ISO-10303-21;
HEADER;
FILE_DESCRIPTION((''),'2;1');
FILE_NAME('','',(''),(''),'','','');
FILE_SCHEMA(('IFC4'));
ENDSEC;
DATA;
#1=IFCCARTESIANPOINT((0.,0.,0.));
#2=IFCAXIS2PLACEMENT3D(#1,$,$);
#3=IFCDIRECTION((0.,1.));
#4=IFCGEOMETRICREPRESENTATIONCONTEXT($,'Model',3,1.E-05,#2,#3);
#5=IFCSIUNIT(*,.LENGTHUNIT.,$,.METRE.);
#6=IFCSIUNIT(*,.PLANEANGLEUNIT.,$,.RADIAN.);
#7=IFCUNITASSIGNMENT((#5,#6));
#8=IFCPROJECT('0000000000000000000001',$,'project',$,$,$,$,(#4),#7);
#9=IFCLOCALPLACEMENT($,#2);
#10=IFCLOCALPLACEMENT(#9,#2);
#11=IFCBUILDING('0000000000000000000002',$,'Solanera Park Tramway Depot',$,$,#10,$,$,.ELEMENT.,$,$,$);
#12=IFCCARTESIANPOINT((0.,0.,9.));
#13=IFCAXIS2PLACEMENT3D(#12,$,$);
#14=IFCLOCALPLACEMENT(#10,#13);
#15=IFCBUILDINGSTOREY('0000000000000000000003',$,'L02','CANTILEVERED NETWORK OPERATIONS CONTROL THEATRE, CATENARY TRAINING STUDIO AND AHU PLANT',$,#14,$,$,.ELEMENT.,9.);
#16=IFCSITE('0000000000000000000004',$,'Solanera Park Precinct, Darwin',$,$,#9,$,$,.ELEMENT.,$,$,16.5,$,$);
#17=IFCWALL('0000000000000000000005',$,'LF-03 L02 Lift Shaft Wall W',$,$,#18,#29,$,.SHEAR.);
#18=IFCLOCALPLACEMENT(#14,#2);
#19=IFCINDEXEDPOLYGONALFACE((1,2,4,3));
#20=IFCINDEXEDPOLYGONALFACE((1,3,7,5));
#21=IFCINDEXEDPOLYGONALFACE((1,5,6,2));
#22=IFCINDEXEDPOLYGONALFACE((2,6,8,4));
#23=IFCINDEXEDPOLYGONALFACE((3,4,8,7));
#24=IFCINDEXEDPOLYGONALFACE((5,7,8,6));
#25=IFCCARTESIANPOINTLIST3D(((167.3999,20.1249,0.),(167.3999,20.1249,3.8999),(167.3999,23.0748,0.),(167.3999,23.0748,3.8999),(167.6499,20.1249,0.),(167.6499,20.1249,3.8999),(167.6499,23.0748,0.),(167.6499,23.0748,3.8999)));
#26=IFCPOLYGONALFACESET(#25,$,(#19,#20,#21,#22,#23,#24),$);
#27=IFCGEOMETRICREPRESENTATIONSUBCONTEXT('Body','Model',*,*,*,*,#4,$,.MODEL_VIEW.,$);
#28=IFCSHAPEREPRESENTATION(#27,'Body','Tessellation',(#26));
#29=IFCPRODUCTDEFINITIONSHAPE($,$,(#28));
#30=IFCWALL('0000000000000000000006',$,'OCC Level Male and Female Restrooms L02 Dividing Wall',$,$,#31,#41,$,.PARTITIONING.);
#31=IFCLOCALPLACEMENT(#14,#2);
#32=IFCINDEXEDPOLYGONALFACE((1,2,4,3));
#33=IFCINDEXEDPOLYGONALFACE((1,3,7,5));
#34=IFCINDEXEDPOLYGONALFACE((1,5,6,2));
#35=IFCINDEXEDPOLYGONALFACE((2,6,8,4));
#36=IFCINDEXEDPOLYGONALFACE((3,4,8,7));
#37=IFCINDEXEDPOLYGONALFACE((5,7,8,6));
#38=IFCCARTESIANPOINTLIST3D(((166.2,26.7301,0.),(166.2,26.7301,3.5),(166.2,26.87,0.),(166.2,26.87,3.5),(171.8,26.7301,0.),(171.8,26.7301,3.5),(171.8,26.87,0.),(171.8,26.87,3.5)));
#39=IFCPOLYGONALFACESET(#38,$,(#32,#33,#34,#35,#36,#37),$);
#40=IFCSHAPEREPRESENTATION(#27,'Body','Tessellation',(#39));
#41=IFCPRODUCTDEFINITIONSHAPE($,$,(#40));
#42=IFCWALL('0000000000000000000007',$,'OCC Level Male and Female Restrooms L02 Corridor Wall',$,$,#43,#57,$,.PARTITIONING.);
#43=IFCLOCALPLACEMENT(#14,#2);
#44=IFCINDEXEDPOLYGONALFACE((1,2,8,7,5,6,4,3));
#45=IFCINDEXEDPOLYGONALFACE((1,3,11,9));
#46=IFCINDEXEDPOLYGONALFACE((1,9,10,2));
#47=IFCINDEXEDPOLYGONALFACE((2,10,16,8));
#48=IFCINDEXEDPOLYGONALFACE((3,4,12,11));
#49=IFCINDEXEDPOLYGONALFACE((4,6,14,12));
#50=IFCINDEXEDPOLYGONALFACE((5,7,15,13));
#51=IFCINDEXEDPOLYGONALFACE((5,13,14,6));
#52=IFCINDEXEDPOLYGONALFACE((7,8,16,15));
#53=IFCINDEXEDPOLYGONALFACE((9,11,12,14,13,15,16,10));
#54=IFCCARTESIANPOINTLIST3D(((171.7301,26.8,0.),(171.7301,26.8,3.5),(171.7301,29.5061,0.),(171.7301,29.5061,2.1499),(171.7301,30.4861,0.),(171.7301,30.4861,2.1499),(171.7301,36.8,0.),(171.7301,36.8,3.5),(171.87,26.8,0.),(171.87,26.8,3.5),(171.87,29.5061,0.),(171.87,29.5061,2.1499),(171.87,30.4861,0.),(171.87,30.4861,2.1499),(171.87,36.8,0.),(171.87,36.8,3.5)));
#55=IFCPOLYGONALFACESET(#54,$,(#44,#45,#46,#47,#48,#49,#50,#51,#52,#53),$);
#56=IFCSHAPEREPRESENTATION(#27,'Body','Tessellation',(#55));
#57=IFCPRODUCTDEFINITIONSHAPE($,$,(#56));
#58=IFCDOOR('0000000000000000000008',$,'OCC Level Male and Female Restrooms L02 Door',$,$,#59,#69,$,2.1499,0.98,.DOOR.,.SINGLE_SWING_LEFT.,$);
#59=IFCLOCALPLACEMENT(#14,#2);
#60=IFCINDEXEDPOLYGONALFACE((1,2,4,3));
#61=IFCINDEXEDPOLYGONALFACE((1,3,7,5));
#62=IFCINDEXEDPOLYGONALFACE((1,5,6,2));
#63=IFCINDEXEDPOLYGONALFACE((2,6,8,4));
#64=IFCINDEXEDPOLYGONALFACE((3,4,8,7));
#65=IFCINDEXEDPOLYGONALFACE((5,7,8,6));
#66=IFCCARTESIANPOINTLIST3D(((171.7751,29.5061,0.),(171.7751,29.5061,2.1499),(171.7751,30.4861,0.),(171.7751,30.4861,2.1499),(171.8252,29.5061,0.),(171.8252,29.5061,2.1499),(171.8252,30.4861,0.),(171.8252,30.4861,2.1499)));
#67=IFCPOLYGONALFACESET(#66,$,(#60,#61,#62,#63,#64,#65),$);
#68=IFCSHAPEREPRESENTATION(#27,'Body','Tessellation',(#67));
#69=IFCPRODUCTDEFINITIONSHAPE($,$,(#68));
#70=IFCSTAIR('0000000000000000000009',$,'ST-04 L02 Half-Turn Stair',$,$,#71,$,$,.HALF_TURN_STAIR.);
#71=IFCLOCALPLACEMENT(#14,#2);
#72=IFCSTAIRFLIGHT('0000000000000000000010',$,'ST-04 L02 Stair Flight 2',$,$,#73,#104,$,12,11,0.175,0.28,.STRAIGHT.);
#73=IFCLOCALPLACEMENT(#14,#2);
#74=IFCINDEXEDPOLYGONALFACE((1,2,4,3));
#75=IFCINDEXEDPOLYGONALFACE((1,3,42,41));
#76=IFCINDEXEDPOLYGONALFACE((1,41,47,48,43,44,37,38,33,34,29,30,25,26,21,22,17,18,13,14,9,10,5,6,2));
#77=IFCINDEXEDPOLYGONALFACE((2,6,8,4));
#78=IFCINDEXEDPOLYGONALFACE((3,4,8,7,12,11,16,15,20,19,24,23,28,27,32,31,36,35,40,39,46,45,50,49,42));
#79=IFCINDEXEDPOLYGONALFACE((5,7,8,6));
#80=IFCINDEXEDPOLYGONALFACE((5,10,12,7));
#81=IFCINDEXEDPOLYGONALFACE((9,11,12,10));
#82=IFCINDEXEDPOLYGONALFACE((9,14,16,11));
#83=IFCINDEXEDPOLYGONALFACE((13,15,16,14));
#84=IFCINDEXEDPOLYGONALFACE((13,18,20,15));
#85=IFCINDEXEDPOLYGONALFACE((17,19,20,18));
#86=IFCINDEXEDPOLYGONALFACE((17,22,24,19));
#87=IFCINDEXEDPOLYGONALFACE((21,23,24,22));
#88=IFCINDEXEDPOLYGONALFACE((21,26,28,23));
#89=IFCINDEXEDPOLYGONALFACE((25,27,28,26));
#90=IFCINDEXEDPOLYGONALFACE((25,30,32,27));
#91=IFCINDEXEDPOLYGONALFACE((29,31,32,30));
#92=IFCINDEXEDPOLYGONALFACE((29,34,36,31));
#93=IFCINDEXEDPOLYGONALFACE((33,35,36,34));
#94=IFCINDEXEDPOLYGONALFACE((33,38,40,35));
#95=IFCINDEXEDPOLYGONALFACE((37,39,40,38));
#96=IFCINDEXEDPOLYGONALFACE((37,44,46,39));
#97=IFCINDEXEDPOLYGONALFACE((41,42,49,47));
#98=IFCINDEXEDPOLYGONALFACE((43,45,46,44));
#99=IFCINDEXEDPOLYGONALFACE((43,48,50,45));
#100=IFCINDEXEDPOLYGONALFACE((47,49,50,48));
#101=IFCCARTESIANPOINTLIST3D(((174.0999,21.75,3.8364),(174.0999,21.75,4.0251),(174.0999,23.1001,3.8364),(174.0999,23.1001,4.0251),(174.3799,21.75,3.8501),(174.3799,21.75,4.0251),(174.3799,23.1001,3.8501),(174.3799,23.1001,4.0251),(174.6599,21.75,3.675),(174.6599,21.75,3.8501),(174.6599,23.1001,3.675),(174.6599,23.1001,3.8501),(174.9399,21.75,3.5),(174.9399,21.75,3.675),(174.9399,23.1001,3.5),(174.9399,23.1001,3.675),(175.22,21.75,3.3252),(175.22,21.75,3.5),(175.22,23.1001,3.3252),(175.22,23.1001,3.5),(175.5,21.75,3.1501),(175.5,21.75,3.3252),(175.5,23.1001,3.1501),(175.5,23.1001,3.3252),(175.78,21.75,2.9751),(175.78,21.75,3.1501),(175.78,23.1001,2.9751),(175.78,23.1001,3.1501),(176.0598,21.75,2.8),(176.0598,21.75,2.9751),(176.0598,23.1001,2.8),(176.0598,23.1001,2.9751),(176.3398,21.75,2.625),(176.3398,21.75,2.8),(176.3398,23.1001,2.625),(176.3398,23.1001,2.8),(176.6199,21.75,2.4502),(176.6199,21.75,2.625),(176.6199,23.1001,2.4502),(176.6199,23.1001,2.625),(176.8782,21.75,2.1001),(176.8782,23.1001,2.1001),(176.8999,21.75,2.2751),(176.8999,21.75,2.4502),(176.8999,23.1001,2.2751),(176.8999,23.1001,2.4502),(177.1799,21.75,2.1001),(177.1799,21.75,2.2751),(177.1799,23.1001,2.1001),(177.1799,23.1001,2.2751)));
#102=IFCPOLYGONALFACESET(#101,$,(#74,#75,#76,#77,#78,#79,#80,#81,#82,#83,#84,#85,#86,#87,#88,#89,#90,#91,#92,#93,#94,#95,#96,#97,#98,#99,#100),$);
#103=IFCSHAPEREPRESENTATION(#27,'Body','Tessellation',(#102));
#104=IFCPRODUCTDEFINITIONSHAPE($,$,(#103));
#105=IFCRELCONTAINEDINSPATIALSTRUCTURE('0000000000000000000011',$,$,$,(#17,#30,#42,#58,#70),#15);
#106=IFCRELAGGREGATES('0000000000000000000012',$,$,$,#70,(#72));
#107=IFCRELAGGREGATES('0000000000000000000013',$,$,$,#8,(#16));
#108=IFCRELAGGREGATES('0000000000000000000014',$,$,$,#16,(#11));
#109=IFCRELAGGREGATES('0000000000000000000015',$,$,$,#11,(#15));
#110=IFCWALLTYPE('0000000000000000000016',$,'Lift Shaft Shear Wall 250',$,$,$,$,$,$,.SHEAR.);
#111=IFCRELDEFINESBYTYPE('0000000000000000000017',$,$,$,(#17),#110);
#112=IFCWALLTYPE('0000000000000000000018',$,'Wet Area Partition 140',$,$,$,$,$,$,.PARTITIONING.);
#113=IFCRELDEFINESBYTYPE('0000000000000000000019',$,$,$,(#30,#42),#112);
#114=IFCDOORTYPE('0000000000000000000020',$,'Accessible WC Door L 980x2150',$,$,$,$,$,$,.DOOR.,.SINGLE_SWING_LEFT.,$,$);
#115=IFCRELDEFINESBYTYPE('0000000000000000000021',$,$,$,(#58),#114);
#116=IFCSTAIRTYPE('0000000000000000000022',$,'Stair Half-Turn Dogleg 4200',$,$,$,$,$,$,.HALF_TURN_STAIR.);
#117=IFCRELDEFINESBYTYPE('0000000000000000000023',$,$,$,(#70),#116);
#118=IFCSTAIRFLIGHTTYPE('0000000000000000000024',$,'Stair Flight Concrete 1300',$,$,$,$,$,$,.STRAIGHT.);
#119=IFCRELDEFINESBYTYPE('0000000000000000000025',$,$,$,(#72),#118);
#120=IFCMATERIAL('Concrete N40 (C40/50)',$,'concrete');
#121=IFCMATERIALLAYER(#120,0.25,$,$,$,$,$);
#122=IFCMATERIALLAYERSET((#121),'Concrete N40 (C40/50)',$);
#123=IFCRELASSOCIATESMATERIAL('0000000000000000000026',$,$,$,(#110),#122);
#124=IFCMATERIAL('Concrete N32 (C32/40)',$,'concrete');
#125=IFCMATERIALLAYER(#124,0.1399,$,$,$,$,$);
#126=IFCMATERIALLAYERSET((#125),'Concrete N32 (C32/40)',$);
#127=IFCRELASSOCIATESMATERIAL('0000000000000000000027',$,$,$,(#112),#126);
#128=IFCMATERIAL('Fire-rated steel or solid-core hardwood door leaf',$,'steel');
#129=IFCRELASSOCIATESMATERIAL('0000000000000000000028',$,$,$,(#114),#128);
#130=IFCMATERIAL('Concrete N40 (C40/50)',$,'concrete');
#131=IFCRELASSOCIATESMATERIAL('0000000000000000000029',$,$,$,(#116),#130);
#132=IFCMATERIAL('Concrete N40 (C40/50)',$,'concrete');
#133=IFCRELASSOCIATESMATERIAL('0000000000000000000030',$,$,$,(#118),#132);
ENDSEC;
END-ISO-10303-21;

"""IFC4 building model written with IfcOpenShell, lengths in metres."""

from ifc_helpers import new_model, si_unit, direction, frame, frame_2d, origin, place, context, subcontext, project, spatial, polyline, rectangle, outline, extrude, material, layer, layer_set, type_object, element, fill, aggregate, save


model = new_model("IFC4")

# Units and contexts
model_context = context("Model", 3, precision=1e-05, world=origin(), true_north=direction((0.0, 1.0)))
body_context = subcontext(model_context, "Body", "Model", "MODEL_VIEW")
ifc_project = project(units=[si_unit("LENGTHUNIT", "METRE"), si_unit("PLANEANGLEUNIT", "RADIAN")], contexts=[model_context])

# Site, building, storey
site_placement = place(None, origin())
site = spatial("IfcSite", under=ifc_project, at=site_placement, Name="Solanera Park Precinct, Darwin", CompositionType="ELEMENT", RefElevation=16.5)
building_placement = place(site_placement, origin())
building = spatial("IfcBuilding", under=site, at=building_placement, Name="Solanera Park Tramway Depot", CompositionType="ELEMENT")
storey_placement = place(building_placement, frame((0.0, 0.0, 9.0)))
storey = spatial("IfcBuildingStorey", under=building, at=storey_placement, Name="L02", Description="CANTILEVERED NETWORK OPERATIONS CONTROL THEATRE, CATENARY TRAINING STUDIO AND AHU PLANT", CompositionType="ELEMENT", Elevation=9.0)

# Shared definitions
ifc_material_1 = material(Name="Concrete N40 (C40/50)", Category="concrete")
ifc_layer_1 = layer(ifc_material_1, 0.25)
ifc_layer_set_1 = layer_set([ifc_layer_1], Name="Concrete N40 (C40/50)")
wall_type_1 = type_object("IfcWallType", Name="Lift Shaft Shear Wall 250", PredefinedType="SHEAR", material=ifc_layer_set_1)

# Walls
wall_1_placement = place(storey_placement, frame((167.5249, 23.075, 0.0), z_axis=(0.0, 0.0, 1.0), x_axis=(0.0, -1.0, 0.0)))
element("IfcWall", 1, at=wall_1_placement, inside=storey, type_object=wall_type_1, Name="LF-03 L02 Lift Shaft Wall W", PredefinedType="SHEAR", context=body_context, shape_type="SweptSolid", body=[
    extrude(rectangle(XDim=2.95, YDim=0.25, at=frame_2d((1.4751, 0.0))), origin(), (0.0, 0.0, 1.0), 3.8999),
])
ifc_material_2 = material(Name="Concrete N32 (C32/40)", Category="concrete")
ifc_layer_2 = layer(ifc_material_2, 0.1399)
ifc_layer_set_2 = layer_set([ifc_layer_2], Name="Concrete N32 (C32/40)")
wall_type_2 = type_object("IfcWallType", Name="Wet Area Partition 140", PredefinedType="PARTITIONING", material=ifc_layer_set_2)
wall_2_placement = place(storey_placement, frame((171.8, 26.8, 0.0), z_axis=(0.0, 0.0, 1.0), x_axis=(-1.0, 0.0, 0.0)))
element("IfcWall", 2, at=wall_2_placement, inside=storey, type_object=wall_type_2, Name="OCC Level Male and Female Restrooms L02 Dividing Wall", PredefinedType="PARTITIONING", context=body_context, shape_type="SweptSolid", body=[
    extrude(rectangle(XDim=5.6001, YDim=0.1399, at=frame_2d((2.8, 0.0))), origin(), (0.0, 0.0, 1.0), 3.5),
])

# Wall, opening, door
wall_3_placement = place(storey_placement, frame((171.8, 26.8, 0.0), z_axis=(0.0, 0.0, 1.0), x_axis=(0.0, 1.0, 0.0)))
wall_3 = element("IfcWall", 3, at=wall_3_placement, inside=storey, type_object=wall_type_2, Name="OCC Level Male and Female Restrooms L02 Corridor Wall", PredefinedType="PARTITIONING", context=body_context, shape_type="SweptSolid", body=[
    extrude(rectangle(XDim=10.0, YDim=0.1399, at=frame_2d((5.0, 0.0))), origin(), (0.0, 0.0, 1.0), 3.5),
])
opening_1_placement = place(wall_3_placement, frame((2.7061, 0.0, 0.0)))
opening_1 = element("IfcOpeningElement", 4, at=opening_1_placement, cuts=wall_3, PredefinedType="OPENING", context=body_context, shape_type="SweptSolid", body=[
    extrude(rectangle(XDim=0.98, YDim=2.1499, at=frame_2d((0.49, 1.075))), frame((0.0, 0.0801, 0.0), z_axis=(0.0, -1.0, 0.0), x_axis=(1.0, 0.0, 0.0)), (0.0, 0.0, 1.0), 0.1599),
])
ifc_material_3 = material(Name="Fire-rated steel or solid-core hardwood door leaf", Category="steel")
door_type_1 = type_object("IfcDoorType", Name="Accessible WC Door L 980x2150", OperationType="SINGLE_SWING_LEFT", PredefinedType="DOOR", material=ifc_material_3)
door_1_placement = place(opening_1_placement, origin())
door_1 = element("IfcDoor", 5, at=door_1_placement, inside=storey, type_object=door_type_1, Name="OCC Level Male and Female Restrooms L02 Door", OperationType="SINGLE_SWING_LEFT", OverallHeight=2.1499, OverallWidth=0.98, PredefinedType="DOOR", context=body_context, shape_type="SweptSolid", body=[
    extrude(rectangle(XDim=0.98, YDim=2.1499, at=frame_2d((0.49, 1.075))), frame((0.0, 0.0249, 0.0), z_axis=(0.0, -1.0, 0.0), x_axis=(1.0, 0.0, 0.0)), (0.0, 0.0, 1.0), 0.05),
])
fill(opening_1, door_1)

# Stair, stair flight
ifc_material_4 = material(Name="Concrete N40 (C40/50)", Category="concrete")
stair_type = type_object("IfcStairType", Name="Stair Half-Turn Dogleg 4200", PredefinedType="HALF_TURN_STAIR", material=ifc_material_4)
stair_placement = place(storey_placement, origin())
stair = element("IfcStair", 6, at=stair_placement, inside=storey, type_object=stair_type, Name="ST-04 L02 Half-Turn Stair", PredefinedType="HALF_TURN_STAIR")
ifc_material_5 = material(Name="Concrete N40 (C40/50)", Category="concrete")
stair_flight_type = type_object("IfcStairFlightType", Name="Stair Flight Concrete 1300", PredefinedType="STRAIGHT", material=ifc_material_5)
stair_flight_placement = place(storey_placement, frame((177.1799, 22.425, 2.1001), z_axis=(0.0, 0.0, 1.0), x_axis=(-1.0, 0.0, 0.0)))
stair_flight = element("IfcStairFlight", 7, at=stair_flight_placement, type_object=stair_flight_type, Name="ST-04 L02 Stair Flight 2", NumberOfRisers=12, NumberOfTreads=11, PredefinedType="STRAIGHT", RiserHeight=0.175, TreadLength=0.28, context=body_context, shape_type="SweptSolid", body=[
    extrude(outline(polyline([(0.0, 0.0), (0.0, 0.175), (0.28, 0.175), (0.28, 0.3501), (0.5601, 0.3501), (0.5601, 0.5249), (0.8401, 0.5249), (0.8401, 0.7), (1.1201, 0.7), (1.1201, 0.875), (1.3999, 0.875), (1.3999, 1.05), (1.6799, 1.05), (1.6799, 1.2251), (1.96, 1.2251), (1.96, 1.3999), (2.24, 1.3999), (2.24, 1.575), (2.52, 1.575), (2.52, 1.75), (2.8, 1.75), (2.8, 1.925), (3.0801, 1.925), (3.0801, 2.1001), (3.0801, 1.7363), (0.3018, 0.0), (0.0, 0.0)])), frame((0.0, 0.675, 0.0), z_axis=(0.0, -1.0, 0.0), x_axis=(1.0, 0.0, 0.0)), (0.0, 0.0, 1.0), 1.3501),
])
aggregate(stair, [stair_flight])

save(model, "model.ifc")
